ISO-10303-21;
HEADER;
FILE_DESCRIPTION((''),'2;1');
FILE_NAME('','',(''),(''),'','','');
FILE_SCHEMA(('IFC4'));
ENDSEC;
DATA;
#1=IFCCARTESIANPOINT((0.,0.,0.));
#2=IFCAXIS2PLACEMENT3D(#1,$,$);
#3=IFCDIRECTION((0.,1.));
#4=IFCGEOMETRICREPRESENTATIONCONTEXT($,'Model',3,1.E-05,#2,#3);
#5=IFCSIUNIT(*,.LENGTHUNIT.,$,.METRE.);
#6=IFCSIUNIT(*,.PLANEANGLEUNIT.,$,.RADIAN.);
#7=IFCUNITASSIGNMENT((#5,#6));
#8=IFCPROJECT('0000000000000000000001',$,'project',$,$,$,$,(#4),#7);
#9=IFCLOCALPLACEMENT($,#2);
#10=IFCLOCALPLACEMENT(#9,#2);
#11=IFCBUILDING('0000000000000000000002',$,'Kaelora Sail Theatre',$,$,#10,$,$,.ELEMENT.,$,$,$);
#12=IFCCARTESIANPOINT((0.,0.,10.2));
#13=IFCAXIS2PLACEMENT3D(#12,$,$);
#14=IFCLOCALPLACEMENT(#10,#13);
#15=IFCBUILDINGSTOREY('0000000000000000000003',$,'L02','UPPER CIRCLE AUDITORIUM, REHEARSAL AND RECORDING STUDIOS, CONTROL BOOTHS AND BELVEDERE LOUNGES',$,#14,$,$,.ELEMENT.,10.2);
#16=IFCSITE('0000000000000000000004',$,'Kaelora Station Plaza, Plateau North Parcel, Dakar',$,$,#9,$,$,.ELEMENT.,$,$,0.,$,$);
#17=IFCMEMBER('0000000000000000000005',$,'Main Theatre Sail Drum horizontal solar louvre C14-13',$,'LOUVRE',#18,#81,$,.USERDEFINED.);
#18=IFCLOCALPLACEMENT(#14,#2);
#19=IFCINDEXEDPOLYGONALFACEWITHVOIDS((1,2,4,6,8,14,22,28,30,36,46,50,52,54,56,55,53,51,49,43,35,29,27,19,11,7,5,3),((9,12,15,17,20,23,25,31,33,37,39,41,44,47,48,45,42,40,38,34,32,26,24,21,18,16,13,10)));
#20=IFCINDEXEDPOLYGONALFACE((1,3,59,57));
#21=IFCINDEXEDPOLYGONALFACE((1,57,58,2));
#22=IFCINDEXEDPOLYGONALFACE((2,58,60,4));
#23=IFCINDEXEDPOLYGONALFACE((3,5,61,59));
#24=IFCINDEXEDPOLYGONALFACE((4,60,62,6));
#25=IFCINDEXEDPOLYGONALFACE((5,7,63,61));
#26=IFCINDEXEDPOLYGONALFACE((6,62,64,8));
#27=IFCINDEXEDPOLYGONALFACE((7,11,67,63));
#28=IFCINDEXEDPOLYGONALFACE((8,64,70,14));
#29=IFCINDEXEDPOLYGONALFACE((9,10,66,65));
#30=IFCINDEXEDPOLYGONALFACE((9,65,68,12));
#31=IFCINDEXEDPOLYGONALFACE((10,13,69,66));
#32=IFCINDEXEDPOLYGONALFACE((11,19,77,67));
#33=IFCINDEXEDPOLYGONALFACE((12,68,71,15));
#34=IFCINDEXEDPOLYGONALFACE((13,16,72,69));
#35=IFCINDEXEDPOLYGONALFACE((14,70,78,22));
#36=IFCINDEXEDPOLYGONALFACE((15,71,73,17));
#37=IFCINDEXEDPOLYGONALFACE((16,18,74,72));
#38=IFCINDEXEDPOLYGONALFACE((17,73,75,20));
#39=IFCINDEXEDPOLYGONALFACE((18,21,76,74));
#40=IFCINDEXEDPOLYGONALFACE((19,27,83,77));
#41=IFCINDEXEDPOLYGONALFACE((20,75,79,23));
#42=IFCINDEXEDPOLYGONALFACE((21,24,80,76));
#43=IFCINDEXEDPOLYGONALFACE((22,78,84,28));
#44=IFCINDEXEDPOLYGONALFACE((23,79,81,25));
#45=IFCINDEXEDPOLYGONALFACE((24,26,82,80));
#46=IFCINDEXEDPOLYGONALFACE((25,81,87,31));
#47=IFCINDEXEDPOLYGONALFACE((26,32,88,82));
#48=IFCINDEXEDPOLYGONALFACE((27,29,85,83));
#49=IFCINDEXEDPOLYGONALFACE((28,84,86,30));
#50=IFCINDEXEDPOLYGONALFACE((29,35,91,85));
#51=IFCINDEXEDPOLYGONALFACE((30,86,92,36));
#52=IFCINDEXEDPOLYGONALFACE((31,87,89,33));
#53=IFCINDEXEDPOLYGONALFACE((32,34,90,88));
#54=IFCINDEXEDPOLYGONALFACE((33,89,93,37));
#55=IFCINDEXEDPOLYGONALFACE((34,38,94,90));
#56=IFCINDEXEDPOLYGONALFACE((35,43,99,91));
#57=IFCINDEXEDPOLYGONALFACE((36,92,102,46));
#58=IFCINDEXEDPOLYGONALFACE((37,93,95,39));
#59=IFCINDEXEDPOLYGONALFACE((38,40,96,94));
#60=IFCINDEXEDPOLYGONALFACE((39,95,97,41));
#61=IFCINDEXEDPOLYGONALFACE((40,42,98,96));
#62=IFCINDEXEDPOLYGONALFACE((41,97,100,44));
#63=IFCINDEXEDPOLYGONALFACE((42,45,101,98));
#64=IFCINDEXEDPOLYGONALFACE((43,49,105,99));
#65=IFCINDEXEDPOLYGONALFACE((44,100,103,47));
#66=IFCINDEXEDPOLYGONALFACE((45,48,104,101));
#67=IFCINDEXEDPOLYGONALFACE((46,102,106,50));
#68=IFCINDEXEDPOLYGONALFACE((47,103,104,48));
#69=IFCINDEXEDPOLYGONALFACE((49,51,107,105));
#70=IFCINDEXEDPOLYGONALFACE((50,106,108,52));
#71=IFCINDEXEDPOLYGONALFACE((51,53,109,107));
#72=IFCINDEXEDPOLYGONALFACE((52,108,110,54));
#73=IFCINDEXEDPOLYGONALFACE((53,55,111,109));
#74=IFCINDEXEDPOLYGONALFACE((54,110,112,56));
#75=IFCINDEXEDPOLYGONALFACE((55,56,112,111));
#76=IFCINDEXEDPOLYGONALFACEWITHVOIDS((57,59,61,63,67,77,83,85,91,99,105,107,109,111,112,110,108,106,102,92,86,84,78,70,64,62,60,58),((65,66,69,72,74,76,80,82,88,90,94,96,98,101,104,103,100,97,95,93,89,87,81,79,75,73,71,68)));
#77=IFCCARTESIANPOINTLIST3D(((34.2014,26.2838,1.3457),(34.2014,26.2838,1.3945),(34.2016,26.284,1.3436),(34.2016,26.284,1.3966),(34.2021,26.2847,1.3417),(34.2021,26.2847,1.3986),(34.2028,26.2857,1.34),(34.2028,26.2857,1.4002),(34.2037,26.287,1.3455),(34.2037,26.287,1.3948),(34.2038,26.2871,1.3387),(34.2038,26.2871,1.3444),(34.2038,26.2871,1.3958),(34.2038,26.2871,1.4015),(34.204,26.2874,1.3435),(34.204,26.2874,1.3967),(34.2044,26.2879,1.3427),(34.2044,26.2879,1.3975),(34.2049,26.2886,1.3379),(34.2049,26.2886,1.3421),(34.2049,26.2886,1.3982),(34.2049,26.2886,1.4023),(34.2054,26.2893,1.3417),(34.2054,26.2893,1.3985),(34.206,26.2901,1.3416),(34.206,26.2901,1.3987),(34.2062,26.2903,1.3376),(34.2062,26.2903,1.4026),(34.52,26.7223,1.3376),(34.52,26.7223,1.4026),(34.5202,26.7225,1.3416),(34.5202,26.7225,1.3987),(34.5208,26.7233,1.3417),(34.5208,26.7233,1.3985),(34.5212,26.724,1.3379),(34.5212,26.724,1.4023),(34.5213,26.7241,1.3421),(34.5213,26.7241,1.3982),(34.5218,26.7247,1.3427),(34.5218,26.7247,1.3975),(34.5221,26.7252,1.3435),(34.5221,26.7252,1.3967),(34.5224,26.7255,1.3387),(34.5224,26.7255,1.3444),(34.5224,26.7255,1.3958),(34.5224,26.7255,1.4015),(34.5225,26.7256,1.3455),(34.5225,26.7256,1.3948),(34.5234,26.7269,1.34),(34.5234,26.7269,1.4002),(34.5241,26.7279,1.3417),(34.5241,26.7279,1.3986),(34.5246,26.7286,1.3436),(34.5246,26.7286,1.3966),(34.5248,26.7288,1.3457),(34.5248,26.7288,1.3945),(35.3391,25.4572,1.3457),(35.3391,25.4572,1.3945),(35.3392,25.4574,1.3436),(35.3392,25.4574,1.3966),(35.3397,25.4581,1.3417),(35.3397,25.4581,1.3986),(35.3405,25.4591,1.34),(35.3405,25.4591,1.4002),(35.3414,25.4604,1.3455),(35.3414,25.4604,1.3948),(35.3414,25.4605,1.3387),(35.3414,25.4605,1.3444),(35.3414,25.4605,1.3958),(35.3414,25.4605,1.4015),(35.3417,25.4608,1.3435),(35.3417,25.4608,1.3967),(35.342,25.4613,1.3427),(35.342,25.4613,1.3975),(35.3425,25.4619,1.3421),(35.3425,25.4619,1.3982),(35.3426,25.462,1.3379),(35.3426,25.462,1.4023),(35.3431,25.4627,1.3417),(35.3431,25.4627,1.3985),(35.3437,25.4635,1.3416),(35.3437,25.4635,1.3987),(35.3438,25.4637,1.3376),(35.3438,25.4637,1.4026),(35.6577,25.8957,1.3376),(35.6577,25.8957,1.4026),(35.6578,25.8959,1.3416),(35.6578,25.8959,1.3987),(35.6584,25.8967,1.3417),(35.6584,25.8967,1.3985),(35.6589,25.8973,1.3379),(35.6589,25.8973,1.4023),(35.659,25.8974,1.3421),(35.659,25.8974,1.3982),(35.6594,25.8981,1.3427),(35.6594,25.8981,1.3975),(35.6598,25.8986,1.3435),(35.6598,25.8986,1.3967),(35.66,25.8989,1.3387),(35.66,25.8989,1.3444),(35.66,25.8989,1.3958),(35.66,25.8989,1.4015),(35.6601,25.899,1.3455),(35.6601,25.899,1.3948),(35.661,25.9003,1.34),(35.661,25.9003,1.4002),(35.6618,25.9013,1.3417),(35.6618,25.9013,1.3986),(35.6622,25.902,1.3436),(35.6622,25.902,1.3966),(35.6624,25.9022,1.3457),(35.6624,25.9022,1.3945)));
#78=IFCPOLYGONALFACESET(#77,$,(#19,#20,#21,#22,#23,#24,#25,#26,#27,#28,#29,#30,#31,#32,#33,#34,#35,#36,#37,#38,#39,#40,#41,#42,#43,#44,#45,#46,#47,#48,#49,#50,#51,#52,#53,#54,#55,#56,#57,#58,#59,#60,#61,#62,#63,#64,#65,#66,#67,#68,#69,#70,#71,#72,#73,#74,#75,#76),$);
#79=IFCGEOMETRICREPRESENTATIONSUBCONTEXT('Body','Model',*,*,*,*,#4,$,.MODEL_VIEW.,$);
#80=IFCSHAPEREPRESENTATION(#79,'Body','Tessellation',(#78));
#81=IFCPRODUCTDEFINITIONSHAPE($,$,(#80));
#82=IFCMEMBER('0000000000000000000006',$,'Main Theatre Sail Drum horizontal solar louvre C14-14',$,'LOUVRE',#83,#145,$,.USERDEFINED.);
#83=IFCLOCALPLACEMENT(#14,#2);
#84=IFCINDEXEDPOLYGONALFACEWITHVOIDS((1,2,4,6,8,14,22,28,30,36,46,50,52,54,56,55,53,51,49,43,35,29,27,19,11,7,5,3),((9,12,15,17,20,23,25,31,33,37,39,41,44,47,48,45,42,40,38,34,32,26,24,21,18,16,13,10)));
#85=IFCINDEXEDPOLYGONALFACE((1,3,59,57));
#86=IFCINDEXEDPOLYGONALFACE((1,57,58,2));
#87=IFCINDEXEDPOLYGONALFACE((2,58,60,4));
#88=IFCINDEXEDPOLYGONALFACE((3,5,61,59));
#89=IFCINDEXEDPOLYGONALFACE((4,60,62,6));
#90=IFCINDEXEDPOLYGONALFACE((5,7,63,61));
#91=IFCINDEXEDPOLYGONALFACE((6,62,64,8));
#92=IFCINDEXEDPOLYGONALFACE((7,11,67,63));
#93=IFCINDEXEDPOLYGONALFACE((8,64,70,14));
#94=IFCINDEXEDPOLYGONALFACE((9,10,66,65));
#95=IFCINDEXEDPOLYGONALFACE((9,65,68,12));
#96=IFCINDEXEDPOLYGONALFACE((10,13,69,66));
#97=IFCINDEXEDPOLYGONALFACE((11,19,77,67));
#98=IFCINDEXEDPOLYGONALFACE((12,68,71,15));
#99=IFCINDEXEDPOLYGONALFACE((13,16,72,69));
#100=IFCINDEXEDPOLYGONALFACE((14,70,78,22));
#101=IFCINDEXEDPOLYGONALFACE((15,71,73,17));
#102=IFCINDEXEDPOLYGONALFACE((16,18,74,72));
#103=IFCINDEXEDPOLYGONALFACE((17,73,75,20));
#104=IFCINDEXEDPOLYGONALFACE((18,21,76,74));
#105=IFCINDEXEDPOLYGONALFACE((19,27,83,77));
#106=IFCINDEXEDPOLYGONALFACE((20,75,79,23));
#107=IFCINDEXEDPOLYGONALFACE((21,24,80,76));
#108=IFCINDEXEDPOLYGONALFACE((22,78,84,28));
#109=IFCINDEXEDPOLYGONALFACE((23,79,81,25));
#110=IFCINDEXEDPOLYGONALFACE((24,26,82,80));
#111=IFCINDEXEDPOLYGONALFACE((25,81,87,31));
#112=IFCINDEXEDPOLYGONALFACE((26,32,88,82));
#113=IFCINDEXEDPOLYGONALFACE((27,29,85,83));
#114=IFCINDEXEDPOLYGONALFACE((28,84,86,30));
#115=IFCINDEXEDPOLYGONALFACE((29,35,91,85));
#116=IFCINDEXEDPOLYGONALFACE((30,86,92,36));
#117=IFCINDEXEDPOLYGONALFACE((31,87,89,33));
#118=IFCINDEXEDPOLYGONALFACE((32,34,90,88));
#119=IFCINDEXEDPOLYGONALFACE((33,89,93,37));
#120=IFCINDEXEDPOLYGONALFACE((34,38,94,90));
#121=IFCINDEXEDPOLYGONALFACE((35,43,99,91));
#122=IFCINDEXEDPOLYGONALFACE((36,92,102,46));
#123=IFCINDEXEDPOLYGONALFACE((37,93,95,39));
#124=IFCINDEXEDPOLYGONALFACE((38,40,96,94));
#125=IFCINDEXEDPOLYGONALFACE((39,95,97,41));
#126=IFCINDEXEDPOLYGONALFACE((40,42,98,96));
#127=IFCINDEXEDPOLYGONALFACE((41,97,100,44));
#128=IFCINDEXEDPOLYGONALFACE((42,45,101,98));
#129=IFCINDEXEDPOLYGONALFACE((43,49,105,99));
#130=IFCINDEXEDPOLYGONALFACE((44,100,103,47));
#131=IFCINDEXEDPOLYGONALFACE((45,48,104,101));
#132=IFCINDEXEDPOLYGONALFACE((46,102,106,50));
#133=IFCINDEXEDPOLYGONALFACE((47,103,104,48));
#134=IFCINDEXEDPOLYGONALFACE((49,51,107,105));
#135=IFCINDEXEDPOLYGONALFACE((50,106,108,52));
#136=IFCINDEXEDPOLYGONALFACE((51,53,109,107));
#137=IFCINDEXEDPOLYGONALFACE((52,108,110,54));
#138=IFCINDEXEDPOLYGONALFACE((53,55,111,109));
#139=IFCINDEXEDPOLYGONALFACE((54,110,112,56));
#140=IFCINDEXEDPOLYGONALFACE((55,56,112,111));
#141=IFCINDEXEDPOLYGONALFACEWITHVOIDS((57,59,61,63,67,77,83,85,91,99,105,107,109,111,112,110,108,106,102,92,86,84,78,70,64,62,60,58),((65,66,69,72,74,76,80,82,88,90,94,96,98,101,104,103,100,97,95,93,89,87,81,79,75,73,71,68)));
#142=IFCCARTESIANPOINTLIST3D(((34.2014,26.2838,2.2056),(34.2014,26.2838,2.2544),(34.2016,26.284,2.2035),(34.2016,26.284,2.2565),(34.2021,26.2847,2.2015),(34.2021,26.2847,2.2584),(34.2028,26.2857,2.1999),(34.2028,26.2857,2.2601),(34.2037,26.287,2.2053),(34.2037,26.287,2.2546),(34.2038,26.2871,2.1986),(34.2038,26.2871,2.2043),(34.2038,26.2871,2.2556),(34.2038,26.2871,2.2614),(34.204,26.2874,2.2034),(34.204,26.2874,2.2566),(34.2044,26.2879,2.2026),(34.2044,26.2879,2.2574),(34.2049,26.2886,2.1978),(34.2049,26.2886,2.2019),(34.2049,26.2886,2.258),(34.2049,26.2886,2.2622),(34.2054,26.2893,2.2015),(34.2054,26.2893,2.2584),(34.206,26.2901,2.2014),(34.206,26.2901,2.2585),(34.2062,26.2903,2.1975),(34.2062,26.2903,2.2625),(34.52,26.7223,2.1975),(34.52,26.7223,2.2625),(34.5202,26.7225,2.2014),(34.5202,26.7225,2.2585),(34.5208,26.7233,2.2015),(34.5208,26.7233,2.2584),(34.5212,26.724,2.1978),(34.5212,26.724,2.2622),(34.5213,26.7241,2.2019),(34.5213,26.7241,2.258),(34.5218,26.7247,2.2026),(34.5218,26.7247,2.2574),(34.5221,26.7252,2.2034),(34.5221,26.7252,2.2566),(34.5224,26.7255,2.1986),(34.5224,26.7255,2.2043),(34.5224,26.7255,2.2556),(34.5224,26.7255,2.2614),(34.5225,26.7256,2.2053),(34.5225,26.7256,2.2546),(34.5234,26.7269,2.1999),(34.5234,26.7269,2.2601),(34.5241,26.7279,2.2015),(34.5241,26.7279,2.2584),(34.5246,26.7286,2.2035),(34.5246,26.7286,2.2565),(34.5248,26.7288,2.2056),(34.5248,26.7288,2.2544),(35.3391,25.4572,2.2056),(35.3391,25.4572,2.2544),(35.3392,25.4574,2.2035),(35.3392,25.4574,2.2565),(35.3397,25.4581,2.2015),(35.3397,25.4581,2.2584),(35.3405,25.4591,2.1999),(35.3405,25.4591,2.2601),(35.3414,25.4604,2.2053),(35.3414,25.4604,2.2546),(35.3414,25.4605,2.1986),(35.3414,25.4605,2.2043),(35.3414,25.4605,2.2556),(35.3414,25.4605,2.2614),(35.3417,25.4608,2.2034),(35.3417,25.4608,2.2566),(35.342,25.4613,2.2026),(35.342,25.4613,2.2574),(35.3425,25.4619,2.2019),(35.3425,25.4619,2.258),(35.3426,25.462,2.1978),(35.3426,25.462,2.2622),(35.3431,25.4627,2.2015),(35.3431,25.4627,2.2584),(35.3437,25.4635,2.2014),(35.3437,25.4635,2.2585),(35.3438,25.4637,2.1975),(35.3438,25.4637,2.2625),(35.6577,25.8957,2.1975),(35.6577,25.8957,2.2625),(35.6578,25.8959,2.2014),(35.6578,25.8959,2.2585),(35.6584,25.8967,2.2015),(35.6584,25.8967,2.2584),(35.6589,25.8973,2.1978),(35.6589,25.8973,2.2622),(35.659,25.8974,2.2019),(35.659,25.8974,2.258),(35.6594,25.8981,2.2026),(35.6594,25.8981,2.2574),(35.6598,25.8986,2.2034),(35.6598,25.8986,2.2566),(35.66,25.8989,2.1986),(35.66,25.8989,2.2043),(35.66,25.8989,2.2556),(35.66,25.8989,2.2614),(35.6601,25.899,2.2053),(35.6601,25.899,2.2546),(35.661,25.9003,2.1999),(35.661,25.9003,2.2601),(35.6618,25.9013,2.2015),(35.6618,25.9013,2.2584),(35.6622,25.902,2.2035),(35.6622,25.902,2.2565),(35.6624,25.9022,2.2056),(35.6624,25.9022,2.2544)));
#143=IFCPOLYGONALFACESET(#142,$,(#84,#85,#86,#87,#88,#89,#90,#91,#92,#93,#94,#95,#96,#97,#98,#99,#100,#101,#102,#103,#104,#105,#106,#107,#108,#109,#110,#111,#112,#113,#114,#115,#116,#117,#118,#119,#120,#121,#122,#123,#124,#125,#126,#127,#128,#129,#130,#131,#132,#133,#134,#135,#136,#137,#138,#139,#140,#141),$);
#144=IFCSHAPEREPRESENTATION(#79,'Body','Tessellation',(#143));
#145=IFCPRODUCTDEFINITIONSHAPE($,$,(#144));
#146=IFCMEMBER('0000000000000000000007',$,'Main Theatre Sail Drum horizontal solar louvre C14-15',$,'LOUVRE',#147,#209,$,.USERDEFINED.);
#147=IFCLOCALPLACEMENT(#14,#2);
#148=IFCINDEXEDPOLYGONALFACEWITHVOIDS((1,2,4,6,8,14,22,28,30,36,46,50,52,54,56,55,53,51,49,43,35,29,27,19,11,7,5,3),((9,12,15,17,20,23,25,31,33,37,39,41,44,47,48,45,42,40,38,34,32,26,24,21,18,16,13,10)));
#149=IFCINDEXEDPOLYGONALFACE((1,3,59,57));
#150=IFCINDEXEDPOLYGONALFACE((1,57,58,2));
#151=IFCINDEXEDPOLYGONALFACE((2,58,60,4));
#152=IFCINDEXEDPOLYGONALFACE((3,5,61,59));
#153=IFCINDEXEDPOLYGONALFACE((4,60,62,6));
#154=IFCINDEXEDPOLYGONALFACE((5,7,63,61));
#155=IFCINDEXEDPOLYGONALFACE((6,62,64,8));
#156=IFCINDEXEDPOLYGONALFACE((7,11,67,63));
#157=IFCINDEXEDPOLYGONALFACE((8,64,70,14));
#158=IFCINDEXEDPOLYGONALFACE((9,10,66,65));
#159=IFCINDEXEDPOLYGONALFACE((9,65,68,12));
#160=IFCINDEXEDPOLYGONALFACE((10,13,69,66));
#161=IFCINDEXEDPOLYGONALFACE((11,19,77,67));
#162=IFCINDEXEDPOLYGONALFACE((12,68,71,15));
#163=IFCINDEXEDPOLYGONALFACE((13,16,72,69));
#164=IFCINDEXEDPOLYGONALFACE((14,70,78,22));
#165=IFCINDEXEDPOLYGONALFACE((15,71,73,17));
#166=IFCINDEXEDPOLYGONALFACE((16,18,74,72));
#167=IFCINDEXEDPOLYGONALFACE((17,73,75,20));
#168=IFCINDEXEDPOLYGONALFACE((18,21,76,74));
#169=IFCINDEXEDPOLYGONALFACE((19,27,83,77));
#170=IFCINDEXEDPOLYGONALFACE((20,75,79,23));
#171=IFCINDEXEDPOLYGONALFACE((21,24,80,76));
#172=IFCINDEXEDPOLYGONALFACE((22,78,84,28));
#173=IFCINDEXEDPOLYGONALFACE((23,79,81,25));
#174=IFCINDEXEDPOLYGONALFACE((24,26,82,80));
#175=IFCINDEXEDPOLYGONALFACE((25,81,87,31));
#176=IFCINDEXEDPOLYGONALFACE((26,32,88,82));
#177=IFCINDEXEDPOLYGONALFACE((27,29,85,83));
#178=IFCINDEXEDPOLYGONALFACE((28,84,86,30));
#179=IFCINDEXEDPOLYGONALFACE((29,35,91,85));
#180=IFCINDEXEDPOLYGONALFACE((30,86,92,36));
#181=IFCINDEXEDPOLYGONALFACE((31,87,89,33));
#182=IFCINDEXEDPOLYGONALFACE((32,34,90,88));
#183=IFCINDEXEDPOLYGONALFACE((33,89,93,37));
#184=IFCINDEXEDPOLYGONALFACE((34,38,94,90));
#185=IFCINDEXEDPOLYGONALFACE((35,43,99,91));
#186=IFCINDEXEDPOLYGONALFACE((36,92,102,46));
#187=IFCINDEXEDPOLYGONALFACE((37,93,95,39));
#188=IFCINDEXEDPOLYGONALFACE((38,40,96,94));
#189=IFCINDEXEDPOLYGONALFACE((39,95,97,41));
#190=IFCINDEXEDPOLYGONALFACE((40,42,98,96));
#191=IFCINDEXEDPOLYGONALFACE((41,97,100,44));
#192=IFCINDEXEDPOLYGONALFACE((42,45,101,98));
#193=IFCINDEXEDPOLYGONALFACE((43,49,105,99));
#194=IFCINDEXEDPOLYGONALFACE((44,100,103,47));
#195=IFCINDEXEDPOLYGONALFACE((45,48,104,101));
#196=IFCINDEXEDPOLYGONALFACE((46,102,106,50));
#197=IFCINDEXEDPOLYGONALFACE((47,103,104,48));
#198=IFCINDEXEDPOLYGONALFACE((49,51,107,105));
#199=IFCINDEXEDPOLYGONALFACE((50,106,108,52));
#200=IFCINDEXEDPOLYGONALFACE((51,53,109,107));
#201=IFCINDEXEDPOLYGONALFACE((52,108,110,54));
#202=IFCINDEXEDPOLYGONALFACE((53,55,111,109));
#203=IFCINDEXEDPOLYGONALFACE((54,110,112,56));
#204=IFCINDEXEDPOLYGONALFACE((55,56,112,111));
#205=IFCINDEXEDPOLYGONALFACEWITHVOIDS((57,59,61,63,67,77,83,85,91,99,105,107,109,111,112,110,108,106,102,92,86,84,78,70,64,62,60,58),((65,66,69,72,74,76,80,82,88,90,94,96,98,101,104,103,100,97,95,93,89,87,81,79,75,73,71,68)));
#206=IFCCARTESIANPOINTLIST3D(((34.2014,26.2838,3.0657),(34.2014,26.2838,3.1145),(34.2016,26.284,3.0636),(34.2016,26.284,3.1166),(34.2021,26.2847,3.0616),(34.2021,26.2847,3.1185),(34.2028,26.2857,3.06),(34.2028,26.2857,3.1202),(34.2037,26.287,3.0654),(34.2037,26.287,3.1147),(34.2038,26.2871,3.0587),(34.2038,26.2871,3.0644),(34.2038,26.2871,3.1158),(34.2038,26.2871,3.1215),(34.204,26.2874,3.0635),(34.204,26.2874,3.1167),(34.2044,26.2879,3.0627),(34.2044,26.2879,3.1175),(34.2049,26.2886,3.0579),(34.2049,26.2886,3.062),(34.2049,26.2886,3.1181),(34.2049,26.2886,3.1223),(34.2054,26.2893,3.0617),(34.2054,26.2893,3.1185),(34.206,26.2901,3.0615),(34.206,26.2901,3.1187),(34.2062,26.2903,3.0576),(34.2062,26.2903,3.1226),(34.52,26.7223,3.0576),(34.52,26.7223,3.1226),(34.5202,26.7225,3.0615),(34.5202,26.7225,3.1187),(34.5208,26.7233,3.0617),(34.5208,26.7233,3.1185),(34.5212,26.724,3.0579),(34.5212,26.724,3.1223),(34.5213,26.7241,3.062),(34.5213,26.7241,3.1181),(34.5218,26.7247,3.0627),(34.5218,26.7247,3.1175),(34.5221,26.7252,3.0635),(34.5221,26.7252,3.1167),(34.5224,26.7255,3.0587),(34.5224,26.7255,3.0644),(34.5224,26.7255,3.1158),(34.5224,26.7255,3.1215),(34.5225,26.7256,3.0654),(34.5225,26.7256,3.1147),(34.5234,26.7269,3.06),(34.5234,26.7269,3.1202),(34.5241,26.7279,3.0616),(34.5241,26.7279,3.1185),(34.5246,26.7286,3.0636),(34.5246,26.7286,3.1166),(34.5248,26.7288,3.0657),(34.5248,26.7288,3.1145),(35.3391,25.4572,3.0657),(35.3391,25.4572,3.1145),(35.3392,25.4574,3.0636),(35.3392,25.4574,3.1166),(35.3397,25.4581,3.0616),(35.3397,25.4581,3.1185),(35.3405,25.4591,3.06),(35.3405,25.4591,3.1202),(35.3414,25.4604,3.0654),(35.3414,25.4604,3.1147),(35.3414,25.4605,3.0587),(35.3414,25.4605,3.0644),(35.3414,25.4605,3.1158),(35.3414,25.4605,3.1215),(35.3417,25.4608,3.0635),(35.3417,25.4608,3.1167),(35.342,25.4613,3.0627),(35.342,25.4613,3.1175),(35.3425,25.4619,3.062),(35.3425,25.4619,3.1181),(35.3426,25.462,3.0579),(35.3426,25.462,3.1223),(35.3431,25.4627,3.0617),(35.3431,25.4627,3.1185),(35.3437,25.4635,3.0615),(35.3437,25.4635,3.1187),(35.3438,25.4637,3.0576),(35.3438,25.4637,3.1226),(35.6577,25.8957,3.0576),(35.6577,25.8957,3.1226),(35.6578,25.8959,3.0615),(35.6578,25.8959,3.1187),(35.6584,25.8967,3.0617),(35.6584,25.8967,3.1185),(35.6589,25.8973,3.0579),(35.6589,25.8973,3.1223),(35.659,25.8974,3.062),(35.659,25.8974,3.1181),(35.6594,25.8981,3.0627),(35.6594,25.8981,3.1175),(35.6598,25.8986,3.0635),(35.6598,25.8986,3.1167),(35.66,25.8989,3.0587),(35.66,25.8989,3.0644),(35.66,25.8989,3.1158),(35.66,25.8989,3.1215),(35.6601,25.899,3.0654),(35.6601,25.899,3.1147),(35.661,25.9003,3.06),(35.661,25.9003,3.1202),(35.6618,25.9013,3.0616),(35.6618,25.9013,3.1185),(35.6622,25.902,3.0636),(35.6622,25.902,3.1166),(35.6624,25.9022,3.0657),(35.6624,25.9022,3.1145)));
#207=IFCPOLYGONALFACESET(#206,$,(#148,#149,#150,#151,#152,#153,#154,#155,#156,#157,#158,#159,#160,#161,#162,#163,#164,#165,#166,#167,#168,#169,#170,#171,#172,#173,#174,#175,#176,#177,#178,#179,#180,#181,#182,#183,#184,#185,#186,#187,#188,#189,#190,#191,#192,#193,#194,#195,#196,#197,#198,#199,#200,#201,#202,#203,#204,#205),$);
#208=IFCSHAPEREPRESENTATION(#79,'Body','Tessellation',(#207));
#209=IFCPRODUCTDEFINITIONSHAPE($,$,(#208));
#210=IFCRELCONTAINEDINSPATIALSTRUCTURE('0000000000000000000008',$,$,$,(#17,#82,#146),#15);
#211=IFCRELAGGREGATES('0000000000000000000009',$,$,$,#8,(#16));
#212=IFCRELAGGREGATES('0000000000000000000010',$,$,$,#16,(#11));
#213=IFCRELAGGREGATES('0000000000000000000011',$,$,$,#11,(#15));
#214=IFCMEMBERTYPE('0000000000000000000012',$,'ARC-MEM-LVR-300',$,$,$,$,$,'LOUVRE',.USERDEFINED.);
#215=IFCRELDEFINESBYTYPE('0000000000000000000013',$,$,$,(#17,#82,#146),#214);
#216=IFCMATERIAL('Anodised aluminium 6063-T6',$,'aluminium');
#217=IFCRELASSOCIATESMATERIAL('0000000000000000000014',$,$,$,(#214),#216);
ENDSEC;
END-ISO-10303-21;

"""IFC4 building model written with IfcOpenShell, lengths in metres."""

from ifc_helpers import new_model, si_unit, direction, frame, origin, origin_2d, place, context, subcontext, project, spatial, hollow_rectangle, extrude, material, material_profile, profile_set, type_object, element, save


model = new_model("IFC4")

# Units and contexts
model_context = context("Model", 3, precision=1e-05, world=origin(), true_north=direction((0.0, 1.0)))
body_context = subcontext(model_context, "Body", "Model", "MODEL_VIEW")
ifc_project = project(units=[si_unit("LENGTHUNIT", "METRE"), si_unit("PLANEANGLEUNIT", "RADIAN")], contexts=[model_context])

# Site, building, storey
site_placement = place(None, origin())
site = spatial("IfcSite", under=ifc_project, at=site_placement, Name="Kaelora Station Plaza, Plateau North Parcel, Dakar", CompositionType="ELEMENT", RefElevation=0.0)
building_placement = place(site_placement, origin())
building = spatial("IfcBuilding", under=site, at=building_placement, Name="Kaelora Sail Theatre", CompositionType="ELEMENT")
storey_placement = place(building_placement, frame((0.0, 0.0, 10.2)))
storey = spatial("IfcBuildingStorey", under=building, at=storey_placement, Name="L02", Description="UPPER CIRCLE AUDITORIUM, REHEARSAL AND RECORDING STUDIOS, CONTROL BOOTHS AND BELVEDERE LOUNGES", CompositionType="ELEMENT", Elevation=10.2)

# Members
ifc_material_1 = material(Name="Anodised aluminium 6063-T6", Category="aluminium")
ifc_material_profile_1 = material_profile(ifc_material_1, hollow_rectangle(XDim=0.55, YDim=0.0649, WallThickness=0.0039, InnerFilletRadius=0.0039, OuterFilletRadius=0.0081, at=origin_2d()), Name="LOUVRE 550x65x4")
ifc_profile_set_1 = profile_set([ifc_material_profile_1], Name="Anodised aluminium 6063-T6")
member_type = type_object("IfcMemberType", Name="ARC-MEM-LVR-300", ElementType="LOUVRE", PredefinedType="USERDEFINED", material=ifc_profile_set_1)
for number, where, z_axis, x_axis, name in (
    (1, (35.5007, 25.6797, 1.3701), (-0.808991, 0.587821, 0.0), (-0.587821, -0.808991, 0.0), "Main Theatre Sail Drum horizontal solar louvre C14-13"),
    (2, (35.5007, 25.6797, 2.23), (-0.808991, 0.587821, 0.0), (-0.587821, -0.808991, 0.0), "Main Theatre Sail Drum horizontal solar louvre C14-14"),
    (3, (35.5007, 25.6797, 3.0901), (-0.808991, 0.587821, 0.0), (-0.587821, -0.808991, 0.0), "Main Theatre Sail Drum horizontal solar louvre C14-15"),
):
    element("IfcMember", number, at=place(storey_placement, frame(where, z_axis=z_axis, x_axis=x_axis)), inside=storey, type_object=member_type, Name=name, ObjectType="LOUVRE", PredefinedType="USERDEFINED", context=body_context, shape_type="SweptSolid", body=[
        extrude(hollow_rectangle(XDim=0.55, YDim=0.0649, WallThickness=0.0039, InnerFilletRadius=0.0039, OuterFilletRadius=0.0081, at=origin_2d()), origin(), (0.0, 0.0, 1.0), 1.4062),
    ])

save(model, "model.ifc")
